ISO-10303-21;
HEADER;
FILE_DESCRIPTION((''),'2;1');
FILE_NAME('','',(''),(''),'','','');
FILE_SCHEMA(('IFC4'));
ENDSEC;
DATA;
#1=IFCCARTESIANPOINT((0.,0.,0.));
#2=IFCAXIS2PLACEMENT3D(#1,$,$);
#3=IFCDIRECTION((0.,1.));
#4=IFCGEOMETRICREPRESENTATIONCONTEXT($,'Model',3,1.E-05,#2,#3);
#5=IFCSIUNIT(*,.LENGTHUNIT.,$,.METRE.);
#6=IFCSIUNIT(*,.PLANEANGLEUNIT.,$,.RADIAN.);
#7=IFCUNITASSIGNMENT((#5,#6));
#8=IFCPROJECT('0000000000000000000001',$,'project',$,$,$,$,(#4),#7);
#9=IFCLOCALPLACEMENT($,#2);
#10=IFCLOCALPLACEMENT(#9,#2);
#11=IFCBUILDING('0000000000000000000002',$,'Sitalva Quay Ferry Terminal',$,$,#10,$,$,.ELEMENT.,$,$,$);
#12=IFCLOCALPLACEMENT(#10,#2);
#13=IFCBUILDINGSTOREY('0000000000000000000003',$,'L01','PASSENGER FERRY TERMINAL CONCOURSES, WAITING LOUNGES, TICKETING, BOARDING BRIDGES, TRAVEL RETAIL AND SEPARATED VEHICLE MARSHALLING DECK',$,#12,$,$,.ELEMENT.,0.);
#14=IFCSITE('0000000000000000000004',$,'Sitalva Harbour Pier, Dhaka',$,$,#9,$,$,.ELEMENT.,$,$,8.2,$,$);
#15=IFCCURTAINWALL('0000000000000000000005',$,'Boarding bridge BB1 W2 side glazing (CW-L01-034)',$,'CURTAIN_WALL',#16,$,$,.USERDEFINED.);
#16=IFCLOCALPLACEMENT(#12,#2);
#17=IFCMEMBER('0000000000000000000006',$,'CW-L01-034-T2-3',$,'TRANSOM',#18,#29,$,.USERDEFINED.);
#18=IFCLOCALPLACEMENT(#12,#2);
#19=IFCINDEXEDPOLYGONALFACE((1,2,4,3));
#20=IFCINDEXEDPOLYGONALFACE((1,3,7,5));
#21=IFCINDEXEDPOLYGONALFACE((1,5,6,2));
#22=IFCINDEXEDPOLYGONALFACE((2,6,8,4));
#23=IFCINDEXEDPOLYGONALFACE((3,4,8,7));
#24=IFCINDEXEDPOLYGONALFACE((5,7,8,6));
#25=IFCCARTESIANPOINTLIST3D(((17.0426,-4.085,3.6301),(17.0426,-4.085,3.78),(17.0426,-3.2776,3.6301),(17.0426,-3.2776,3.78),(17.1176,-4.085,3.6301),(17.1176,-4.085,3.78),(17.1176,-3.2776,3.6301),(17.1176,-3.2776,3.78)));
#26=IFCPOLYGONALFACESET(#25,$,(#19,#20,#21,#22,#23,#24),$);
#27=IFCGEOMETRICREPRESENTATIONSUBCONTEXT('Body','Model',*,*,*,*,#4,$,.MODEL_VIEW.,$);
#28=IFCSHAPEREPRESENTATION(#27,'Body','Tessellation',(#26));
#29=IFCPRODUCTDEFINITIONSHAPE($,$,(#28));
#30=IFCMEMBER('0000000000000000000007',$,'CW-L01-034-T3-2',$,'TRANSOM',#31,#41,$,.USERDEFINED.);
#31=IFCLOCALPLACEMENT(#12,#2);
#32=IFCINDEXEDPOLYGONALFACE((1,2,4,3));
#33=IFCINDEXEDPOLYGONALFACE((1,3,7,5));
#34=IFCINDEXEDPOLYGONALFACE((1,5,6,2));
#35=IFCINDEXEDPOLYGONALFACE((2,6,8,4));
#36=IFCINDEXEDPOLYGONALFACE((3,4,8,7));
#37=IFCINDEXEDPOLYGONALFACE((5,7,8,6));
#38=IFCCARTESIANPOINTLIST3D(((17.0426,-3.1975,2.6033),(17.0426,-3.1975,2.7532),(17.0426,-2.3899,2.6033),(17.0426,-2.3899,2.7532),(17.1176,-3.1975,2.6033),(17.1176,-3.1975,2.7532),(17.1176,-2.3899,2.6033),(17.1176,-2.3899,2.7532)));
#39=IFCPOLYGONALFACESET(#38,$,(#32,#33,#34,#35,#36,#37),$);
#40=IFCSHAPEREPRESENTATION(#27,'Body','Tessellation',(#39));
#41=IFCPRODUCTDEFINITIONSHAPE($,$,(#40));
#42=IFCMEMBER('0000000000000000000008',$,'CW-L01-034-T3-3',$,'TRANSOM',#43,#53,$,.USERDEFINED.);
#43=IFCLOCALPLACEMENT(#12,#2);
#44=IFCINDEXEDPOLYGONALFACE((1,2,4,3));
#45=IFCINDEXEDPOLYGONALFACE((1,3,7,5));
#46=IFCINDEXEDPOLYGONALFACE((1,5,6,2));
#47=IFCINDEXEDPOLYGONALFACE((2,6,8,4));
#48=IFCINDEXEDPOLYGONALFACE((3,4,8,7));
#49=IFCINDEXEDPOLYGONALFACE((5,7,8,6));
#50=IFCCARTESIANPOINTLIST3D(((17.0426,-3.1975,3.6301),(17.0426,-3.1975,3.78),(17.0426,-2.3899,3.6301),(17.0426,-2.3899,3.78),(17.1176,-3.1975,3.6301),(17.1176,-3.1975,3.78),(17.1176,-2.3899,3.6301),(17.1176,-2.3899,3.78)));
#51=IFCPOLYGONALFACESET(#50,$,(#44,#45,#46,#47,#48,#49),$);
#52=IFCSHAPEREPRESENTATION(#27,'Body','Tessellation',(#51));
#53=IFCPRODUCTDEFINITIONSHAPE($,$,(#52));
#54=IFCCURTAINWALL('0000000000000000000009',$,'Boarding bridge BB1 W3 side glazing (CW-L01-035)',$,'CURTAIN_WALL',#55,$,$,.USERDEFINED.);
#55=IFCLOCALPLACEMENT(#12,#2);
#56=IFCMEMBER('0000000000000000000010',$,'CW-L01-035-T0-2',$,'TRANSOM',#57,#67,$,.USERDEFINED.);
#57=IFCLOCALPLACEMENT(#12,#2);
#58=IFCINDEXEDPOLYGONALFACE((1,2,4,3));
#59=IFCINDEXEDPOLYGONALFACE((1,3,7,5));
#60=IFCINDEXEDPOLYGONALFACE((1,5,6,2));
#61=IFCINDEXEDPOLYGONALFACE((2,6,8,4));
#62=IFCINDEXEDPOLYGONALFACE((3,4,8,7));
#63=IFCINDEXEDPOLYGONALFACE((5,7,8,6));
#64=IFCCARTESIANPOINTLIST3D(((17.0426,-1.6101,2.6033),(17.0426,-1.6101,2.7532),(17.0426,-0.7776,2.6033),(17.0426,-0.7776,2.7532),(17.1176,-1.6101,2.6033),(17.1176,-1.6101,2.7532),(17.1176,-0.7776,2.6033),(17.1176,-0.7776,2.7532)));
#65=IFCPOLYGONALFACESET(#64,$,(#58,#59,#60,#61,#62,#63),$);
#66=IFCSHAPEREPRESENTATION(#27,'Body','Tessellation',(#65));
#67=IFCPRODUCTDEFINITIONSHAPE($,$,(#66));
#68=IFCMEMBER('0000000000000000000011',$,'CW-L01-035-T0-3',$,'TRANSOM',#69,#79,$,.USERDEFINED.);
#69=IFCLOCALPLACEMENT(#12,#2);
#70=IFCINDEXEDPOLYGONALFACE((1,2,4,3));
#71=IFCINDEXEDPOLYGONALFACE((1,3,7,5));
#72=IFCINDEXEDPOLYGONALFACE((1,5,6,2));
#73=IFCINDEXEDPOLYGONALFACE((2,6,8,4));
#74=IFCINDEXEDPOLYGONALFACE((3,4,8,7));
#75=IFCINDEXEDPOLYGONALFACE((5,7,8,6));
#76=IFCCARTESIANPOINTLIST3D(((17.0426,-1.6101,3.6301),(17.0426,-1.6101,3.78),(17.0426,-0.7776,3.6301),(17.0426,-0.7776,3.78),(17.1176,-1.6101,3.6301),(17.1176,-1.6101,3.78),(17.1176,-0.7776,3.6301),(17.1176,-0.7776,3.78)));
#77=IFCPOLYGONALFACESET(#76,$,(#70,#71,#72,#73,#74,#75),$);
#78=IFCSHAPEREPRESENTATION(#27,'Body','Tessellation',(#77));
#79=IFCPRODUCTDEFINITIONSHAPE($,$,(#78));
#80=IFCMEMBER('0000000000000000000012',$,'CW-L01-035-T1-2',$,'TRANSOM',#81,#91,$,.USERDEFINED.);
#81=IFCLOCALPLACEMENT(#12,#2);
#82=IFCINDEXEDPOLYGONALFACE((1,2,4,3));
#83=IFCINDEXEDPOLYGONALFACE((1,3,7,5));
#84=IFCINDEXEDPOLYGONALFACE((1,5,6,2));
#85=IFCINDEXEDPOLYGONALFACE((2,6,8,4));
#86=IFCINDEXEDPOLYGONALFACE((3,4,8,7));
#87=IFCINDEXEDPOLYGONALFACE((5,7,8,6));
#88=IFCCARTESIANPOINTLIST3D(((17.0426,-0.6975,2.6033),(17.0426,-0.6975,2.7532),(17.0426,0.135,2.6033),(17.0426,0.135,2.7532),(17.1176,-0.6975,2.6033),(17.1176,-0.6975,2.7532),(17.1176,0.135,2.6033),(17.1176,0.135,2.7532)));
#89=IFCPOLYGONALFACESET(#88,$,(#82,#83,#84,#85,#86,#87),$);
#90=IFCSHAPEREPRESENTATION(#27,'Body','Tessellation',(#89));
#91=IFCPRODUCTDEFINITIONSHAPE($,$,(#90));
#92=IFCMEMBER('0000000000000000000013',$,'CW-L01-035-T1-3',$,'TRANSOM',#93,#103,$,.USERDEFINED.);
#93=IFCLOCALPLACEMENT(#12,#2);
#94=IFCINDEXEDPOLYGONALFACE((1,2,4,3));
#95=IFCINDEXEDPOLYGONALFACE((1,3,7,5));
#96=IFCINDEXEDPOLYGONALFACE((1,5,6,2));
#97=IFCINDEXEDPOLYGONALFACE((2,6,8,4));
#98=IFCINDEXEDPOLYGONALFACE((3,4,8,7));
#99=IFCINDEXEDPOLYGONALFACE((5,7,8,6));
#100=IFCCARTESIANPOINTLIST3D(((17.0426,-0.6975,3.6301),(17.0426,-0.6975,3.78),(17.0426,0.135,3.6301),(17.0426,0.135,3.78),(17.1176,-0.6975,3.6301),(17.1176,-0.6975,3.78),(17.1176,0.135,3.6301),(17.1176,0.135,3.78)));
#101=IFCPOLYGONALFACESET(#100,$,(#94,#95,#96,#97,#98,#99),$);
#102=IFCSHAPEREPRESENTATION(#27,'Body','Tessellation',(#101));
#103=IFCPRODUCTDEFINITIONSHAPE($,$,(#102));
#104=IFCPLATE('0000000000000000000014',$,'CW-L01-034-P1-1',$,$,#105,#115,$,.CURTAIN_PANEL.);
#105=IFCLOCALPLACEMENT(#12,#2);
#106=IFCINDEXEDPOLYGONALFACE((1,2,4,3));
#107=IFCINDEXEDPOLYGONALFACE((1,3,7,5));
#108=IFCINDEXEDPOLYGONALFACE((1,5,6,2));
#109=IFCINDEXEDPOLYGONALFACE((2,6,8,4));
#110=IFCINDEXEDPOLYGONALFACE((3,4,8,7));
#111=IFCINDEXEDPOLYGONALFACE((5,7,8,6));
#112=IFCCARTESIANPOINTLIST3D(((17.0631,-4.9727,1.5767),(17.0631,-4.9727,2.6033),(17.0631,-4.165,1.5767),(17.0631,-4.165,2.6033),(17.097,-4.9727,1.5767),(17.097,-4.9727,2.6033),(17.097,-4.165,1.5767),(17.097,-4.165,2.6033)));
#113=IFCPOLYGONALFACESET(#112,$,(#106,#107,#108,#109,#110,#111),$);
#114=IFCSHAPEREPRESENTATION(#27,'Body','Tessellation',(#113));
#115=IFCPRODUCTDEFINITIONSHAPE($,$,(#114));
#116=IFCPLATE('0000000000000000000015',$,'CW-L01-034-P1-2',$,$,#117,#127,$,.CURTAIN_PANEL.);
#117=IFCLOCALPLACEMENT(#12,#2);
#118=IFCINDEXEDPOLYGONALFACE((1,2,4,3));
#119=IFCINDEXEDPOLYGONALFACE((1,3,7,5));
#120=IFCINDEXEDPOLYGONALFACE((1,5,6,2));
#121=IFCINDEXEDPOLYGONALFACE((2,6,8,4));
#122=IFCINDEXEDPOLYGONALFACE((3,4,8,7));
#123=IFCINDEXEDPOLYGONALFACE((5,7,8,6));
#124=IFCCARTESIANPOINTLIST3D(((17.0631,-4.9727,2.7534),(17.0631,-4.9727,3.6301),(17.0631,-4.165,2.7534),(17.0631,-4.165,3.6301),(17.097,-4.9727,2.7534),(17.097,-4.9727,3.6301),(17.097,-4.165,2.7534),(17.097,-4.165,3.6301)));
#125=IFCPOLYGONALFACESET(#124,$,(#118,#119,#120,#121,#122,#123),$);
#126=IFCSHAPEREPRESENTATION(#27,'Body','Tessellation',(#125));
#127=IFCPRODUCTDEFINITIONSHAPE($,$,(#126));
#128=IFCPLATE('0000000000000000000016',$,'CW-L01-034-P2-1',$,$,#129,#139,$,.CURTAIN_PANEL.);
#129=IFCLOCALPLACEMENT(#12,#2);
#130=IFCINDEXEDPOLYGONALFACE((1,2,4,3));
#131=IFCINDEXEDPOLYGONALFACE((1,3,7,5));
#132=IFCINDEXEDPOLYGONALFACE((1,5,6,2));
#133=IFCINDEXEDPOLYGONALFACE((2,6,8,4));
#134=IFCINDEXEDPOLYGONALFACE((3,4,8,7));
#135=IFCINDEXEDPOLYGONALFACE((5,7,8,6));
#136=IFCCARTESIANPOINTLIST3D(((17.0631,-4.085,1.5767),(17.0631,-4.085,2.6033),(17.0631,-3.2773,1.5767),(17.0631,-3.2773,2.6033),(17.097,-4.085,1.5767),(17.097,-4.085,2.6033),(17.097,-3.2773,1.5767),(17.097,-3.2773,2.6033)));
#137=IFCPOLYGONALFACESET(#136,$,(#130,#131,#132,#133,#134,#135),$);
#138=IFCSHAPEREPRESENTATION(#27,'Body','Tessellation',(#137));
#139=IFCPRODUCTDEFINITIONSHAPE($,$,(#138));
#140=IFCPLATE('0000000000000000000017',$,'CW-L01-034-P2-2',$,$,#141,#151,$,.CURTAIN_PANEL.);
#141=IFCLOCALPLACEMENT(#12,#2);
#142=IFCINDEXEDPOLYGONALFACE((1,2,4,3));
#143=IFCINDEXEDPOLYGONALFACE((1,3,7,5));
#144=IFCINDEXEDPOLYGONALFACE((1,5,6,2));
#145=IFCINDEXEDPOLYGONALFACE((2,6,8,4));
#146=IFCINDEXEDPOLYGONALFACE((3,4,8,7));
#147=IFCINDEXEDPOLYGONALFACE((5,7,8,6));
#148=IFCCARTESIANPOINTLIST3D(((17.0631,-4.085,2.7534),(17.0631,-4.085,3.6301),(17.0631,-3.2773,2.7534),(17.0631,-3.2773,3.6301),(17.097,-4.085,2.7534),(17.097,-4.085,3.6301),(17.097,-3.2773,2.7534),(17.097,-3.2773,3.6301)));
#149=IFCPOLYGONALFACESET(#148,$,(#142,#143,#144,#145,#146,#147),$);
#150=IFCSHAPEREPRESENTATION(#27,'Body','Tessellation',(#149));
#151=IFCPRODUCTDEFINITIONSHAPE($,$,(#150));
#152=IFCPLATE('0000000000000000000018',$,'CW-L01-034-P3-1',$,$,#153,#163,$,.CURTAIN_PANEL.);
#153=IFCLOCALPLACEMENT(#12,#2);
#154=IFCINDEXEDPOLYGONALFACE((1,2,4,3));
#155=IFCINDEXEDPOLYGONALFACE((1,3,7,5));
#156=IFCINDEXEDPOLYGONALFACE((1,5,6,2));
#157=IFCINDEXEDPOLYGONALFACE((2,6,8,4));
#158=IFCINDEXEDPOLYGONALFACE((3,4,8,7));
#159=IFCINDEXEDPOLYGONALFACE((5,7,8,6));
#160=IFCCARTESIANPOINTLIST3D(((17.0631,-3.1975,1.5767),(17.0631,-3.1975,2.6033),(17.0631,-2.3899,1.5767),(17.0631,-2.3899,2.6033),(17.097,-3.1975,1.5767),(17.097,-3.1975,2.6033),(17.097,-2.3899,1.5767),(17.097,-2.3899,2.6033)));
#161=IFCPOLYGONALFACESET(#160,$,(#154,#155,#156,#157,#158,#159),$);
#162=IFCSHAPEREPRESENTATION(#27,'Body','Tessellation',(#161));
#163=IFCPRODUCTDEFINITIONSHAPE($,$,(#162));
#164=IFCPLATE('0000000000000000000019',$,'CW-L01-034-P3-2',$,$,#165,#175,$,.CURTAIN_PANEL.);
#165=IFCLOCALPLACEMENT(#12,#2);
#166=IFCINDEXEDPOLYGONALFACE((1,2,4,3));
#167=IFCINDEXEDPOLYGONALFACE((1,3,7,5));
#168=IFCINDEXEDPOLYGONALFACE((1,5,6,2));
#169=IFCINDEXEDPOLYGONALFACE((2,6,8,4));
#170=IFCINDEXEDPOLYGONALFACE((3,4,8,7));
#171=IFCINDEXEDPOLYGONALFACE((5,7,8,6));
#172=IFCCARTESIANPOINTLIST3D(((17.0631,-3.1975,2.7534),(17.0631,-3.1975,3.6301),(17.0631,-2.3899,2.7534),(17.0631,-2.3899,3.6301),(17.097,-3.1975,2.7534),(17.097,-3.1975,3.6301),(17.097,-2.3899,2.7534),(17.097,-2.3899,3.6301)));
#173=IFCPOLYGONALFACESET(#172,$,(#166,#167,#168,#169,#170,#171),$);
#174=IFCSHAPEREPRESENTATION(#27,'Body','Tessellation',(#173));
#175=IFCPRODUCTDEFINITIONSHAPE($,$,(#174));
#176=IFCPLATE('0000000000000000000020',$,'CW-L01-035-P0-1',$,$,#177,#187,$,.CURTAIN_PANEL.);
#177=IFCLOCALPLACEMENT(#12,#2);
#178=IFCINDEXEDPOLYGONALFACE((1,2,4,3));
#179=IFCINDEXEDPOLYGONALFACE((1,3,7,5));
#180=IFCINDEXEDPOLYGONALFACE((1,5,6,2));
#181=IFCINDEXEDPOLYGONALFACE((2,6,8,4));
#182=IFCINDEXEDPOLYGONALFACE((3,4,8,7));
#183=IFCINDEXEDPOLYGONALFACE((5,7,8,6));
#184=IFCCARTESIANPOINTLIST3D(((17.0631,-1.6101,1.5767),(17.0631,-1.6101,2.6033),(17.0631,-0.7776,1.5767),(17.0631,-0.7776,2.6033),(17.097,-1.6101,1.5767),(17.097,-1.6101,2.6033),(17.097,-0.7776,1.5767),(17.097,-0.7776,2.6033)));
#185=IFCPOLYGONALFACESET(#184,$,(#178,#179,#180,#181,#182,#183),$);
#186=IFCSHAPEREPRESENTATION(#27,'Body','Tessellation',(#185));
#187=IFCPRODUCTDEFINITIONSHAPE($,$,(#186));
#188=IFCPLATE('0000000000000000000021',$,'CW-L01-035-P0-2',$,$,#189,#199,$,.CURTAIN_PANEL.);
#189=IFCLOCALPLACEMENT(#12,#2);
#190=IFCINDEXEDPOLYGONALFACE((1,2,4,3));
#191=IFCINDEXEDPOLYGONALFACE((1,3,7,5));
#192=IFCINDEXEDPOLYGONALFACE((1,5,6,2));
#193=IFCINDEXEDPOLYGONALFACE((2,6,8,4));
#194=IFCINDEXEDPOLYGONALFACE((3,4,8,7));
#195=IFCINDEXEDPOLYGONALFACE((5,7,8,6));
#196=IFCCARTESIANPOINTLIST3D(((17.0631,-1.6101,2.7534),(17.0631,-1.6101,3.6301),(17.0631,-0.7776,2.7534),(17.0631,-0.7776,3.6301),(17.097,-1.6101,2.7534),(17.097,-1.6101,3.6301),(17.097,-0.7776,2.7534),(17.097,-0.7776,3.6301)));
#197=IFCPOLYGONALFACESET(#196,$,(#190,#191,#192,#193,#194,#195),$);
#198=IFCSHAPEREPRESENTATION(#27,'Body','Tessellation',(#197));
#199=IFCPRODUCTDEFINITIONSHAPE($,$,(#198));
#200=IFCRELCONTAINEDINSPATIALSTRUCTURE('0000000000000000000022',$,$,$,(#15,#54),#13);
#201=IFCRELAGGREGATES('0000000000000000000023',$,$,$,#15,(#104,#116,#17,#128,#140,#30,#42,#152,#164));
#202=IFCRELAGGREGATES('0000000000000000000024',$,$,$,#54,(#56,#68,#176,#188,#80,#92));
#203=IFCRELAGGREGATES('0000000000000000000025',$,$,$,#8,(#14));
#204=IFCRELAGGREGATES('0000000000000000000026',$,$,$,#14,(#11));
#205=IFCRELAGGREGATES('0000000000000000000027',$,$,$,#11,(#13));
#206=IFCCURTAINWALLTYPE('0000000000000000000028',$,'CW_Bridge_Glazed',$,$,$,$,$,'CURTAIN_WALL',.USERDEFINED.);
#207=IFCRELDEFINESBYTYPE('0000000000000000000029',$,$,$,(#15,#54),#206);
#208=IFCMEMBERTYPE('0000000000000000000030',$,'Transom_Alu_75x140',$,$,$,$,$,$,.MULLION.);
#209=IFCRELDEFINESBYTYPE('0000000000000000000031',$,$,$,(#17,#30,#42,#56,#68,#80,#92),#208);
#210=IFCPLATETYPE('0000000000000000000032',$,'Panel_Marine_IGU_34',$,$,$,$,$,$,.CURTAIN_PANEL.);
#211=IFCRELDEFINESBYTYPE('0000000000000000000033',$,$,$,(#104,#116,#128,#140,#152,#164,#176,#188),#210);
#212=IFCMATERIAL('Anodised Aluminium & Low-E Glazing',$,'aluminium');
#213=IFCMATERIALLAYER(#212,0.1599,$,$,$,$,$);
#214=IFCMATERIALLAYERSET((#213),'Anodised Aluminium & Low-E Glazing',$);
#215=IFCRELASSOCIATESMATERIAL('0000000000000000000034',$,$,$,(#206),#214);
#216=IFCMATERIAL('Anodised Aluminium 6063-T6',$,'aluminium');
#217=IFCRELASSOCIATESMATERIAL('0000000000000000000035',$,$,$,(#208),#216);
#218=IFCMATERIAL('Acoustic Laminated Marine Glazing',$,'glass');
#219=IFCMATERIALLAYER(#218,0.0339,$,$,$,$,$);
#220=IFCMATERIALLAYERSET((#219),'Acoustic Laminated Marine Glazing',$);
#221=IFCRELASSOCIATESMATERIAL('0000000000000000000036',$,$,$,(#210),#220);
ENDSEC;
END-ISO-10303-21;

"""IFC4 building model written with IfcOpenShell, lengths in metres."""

from ifc_helpers import new_model, si_unit, direction, frame, origin, origin_2d, place, context, subcontext, project, spatial, rectangle, extrude, material, layer, layer_set, material_profile, profile_set, type_object, element, aggregate, save


model = new_model("IFC4")

# Units and contexts
model_context = context("Model", 3, precision=1e-05, world=origin(), true_north=direction((0.0, 1.0)))
body_context = subcontext(model_context, "Body", "Model", "MODEL_VIEW")
ifc_project = project(units=[si_unit("LENGTHUNIT", "METRE"), si_unit("PLANEANGLEUNIT", "RADIAN")], contexts=[model_context])

# Site, building, storey
site_placement = place(None, origin())
site = spatial("IfcSite", under=ifc_project, at=site_placement, Name="Sitalva Harbour Pier, Dhaka", CompositionType="ELEMENT", RefElevation=8.2)
building_placement = place(site_placement, origin())
building = spatial("IfcBuilding", under=site, at=building_placement, Name="Sitalva Quay Ferry Terminal", CompositionType="ELEMENT")
storey_placement = place(building_placement, origin())
storey = spatial("IfcBuildingStorey", under=building, at=storey_placement, Name="L01", Description="PASSENGER FERRY TERMINAL CONCOURSES, WAITING LOUNGES, TICKETING, BOARDING BRIDGES, TRAVEL RETAIL AND SEPARATED VEHICLE MARSHALLING DECK", CompositionType="ELEMENT", Elevation=0.0)

# Curtain walls, members
ifc_material_1 = material(Name="Anodised Aluminium & Low-E Glazing", Category="aluminium")
ifc_layer_1 = layer(ifc_material_1, 0.1599)
ifc_layer_set_1 = layer_set([ifc_layer_1], Name="Anodised Aluminium & Low-E Glazing")
curtain_wall_type = type_object("IfcCurtainWallType", Name="CW_Bridge_Glazed", ElementType="CURTAIN_WALL", PredefinedType="USERDEFINED", material=ifc_layer_set_1)
curtain_wall_1_placement = place(storey_placement, origin())
curtain_wall_1 = element("IfcCurtainWall", 1, at=curtain_wall_1_placement, inside=storey, type_object=curtain_wall_type, Name="Boarding bridge BB1 W2 side glazing (CW-L01-034)", ObjectType="CURTAIN_WALL", PredefinedType="USERDEFINED")
ifc_material_2 = material(Name="Anodised Aluminium 6063-T6", Category="aluminium")
ifc_material_profile_1 = material_profile(ifc_material_2, rectangle(XDim=0.075, YDim=0.1499, at=origin_2d()), Name="ALU75x150")
ifc_profile_set_1 = profile_set([ifc_material_profile_1], Name="Anodised Aluminium 6063-T6")
member_type_1 = type_object("IfcMemberType", Name="Transom_Alu_75x140", PredefinedType="MULLION", material=ifc_profile_set_1)
member_1_placement = place(storey_placement, frame((17.0801, -4.085, 3.7051), z_axis=(0.0, 1.0, 0.0), x_axis=(-1.0, 0.0, 0.0)))
member_1 = element("IfcMember", 2, at=member_1_placement, type_object=member_type_1, Name="CW-L01-034-T2-3", ObjectType="TRANSOM", PredefinedType="USERDEFINED", context=body_context, shape_type="SweptSolid", body=[
    extrude(rectangle(XDim=0.075, YDim=0.1499, at=origin_2d()), origin(), (0.0, 0.0, 1.0), 0.8074),
])
member_2_placement = place(storey_placement, frame((17.0801, -3.1975, 2.6782), z_axis=(0.0, 1.0, 0.0), x_axis=(-1.0, 0.0, 0.0)))
member_2 = element("IfcMember", 3, at=member_2_placement, type_object=member_type_1, Name="CW-L01-034-T3-2", ObjectType="TRANSOM", PredefinedType="USERDEFINED", context=body_context, shape_type="SweptSolid", body=[
    extrude(rectangle(XDim=0.075, YDim=0.1499, at=origin_2d()), origin(), (0.0, 0.0, 1.0), 0.8076),
])
member_3_placement = place(storey_placement, frame((17.0801, -3.1975, 3.7051), z_axis=(0.0, 1.0, 0.0), x_axis=(-1.0, 0.0, 0.0)))
member_3 = element("IfcMember", 4, at=member_3_placement, type_object=member_type_1, Name="CW-L01-034-T3-3", ObjectType="TRANSOM", PredefinedType="USERDEFINED", context=body_context, shape_type="SweptSolid", body=[
    extrude(rectangle(XDim=0.075, YDim=0.1499, at=origin_2d()), origin(), (0.0, 0.0, 1.0), 0.8076),
])
curtain_wall_2_placement = place(storey_placement, origin())
curtain_wall_2 = element("IfcCurtainWall", 5, at=curtain_wall_2_placement, inside=storey, type_object=curtain_wall_type, Name="Boarding bridge BB1 W3 side glazing (CW-L01-035)", ObjectType="CURTAIN_WALL", PredefinedType="USERDEFINED")
member_4_placement = place(storey_placement, frame((17.0801, -1.6101, 2.6782), z_axis=(0.0, 1.0, 0.0), x_axis=(-1.0, 0.0, 0.0)))
member_4 = element("IfcMember", 6, at=member_4_placement, type_object=member_type_1, Name="CW-L01-035-T0-2", ObjectType="TRANSOM", PredefinedType="USERDEFINED", context=body_context, shape_type="SweptSolid", body=[
    extrude(rectangle(XDim=0.075, YDim=0.1499, at=origin_2d()), origin(), (0.0, 0.0, 1.0), 0.8325),
])
member_5_placement = place(storey_placement, frame((17.0801, -1.6101, 3.7051), z_axis=(0.0, 1.0, 0.0), x_axis=(-1.0, 0.0, 0.0)))
member_5 = element("IfcMember", 7, at=member_5_placement, type_object=member_type_1, Name="CW-L01-035-T0-3", ObjectType="TRANSOM", PredefinedType="USERDEFINED", context=body_context, shape_type="SweptSolid", body=[
    extrude(rectangle(XDim=0.075, YDim=0.1499, at=origin_2d()), origin(), (0.0, 0.0, 1.0), 0.8325),
])
member_6_placement = place(storey_placement, frame((17.0801, -0.6975, 2.6782), z_axis=(0.0, 1.0, 0.0), x_axis=(-1.0, 0.0, 0.0)))
member_6 = element("IfcMember", 8, at=member_6_placement, type_object=member_type_1, Name="CW-L01-035-T1-2", ObjectType="TRANSOM", PredefinedType="USERDEFINED", context=body_context, shape_type="SweptSolid", body=[
    extrude(rectangle(XDim=0.075, YDim=0.1499, at=origin_2d()), origin(), (0.0, 0.0, 1.0), 0.8325),
])
member_7_placement = place(storey_placement, frame((17.0801, -0.6975, 3.7051), z_axis=(0.0, 1.0, 0.0), x_axis=(-1.0, 0.0, 0.0)))
member_7 = element("IfcMember", 9, at=member_7_placement, type_object=member_type_1, Name="CW-L01-035-T1-3", ObjectType="TRANSOM", PredefinedType="USERDEFINED", context=body_context, shape_type="SweptSolid", body=[
    extrude(rectangle(XDim=0.075, YDim=0.1499, at=origin_2d()), origin(), (0.0, 0.0, 1.0), 0.8325),
])

# Plates
ifc_material_3 = material(Name="Acoustic Laminated Marine Glazing", Category="glass")
ifc_layer_2 = layer(ifc_material_3, 0.0339)
ifc_layer_set_2 = layer_set([ifc_layer_2], Name="Acoustic Laminated Marine Glazing")
plate_type = type_object("IfcPlateType", Name="Panel_Marine_IGU_34", PredefinedType="CURTAIN_PANEL", material=ifc_layer_set_2)
plate_1_placement = place(storey_placement, frame((17.0801, -4.5688, 1.5767), z_axis=(0.0, 0.0, 1.0), x_axis=(0.0, 1.0, 0.0)))
plate_1 = element("IfcPlate", 10, at=plate_1_placement, type_object=plate_type, Name="CW-L01-034-P1-1", PredefinedType="CURTAIN_PANEL", context=body_context, shape_type="SweptSolid", body=[
    extrude(rectangle(XDim=0.8076, YDim=0.0339, at=origin_2d()), origin(), (0.0, 0.0, 1.0), 1.0266),
])
plate_2_placement = place(storey_placement, frame((17.0801, -4.5688, 2.7534), z_axis=(0.0, 0.0, 1.0), x_axis=(0.0, 1.0, 0.0)))
plate_2 = element("IfcPlate", 11, at=plate_2_placement, type_object=plate_type, Name="CW-L01-034-P1-2", PredefinedType="CURTAIN_PANEL", context=body_context, shape_type="SweptSolid", body=[
    extrude(rectangle(XDim=0.8076, YDim=0.0339, at=origin_2d()), origin(), (0.0, 0.0, 1.0), 0.8767),
])
plate_3_placement = place(storey_placement, frame((17.0801, -3.6812, 1.5767), z_axis=(0.0, 0.0, 1.0), x_axis=(0.0, 1.0, 0.0)))
plate_3 = element("IfcPlate", 12, at=plate_3_placement, type_object=plate_type, Name="CW-L01-034-P2-1", PredefinedType="CURTAIN_PANEL", context=body_context, shape_type="SweptSolid", body=[
    extrude(rectangle(XDim=0.8076, YDim=0.0339, at=origin_2d()), origin(), (0.0, 0.0, 1.0), 1.0266),
])
plate_4_placement = place(storey_placement, frame((17.0801, -3.6812, 2.7534), z_axis=(0.0, 0.0, 1.0), x_axis=(0.0, 1.0, 0.0)))
plate_4 = element("IfcPlate", 13, at=plate_4_placement, type_object=plate_type, Name="CW-L01-034-P2-2", PredefinedType="CURTAIN_PANEL", context=body_context, shape_type="SweptSolid", body=[
    extrude(rectangle(XDim=0.8076, YDim=0.0339, at=origin_2d()), origin(), (0.0, 0.0, 1.0), 0.8767),
])
plate_5_placement = place(storey_placement, frame((17.0801, -2.7937, 1.5767), z_axis=(0.0, 0.0, 1.0), x_axis=(0.0, 1.0, 0.0)))
plate_5 = element("IfcPlate", 14, at=plate_5_placement, type_object=plate_type, Name="CW-L01-034-P3-1", PredefinedType="CURTAIN_PANEL", context=body_context, shape_type="SweptSolid", body=[
    extrude(rectangle(XDim=0.8076, YDim=0.0339, at=origin_2d()), origin(), (0.0, 0.0, 1.0), 1.0266),
])
plate_6_placement = place(storey_placement, frame((17.0801, -2.7937, 2.7534), z_axis=(0.0, 0.0, 1.0), x_axis=(0.0, 1.0, 0.0)))
plate_6 = element("IfcPlate", 15, at=plate_6_placement, type_object=plate_type, Name="CW-L01-034-P3-2", PredefinedType="CURTAIN_PANEL", context=body_context, shape_type="SweptSolid", body=[
    extrude(rectangle(XDim=0.8076, YDim=0.0339, at=origin_2d()), origin(), (0.0, 0.0, 1.0), 0.8767),
])
aggregate(curtain_wall_1, [plate_1, plate_2, member_1, plate_3, plate_4, member_2, member_3, plate_5, plate_6])
plate_7_placement = place(storey_placement, frame((17.0801, -1.1938, 1.5767), z_axis=(0.0, 0.0, 1.0), x_axis=(0.0, 1.0, 0.0)))
plate_7 = element("IfcPlate", 16, at=plate_7_placement, type_object=plate_type, Name="CW-L01-035-P0-1", PredefinedType="CURTAIN_PANEL", context=body_context, shape_type="SweptSolid", body=[
    extrude(rectangle(XDim=0.8325, YDim=0.0339, at=origin_2d()), origin(), (0.0, 0.0, 1.0), 1.0266),
])
plate_8_placement = place(storey_placement, frame((17.0801, -1.1938, 2.7534), z_axis=(0.0, 0.0, 1.0), x_axis=(0.0, 1.0, 0.0)))
plate_8 = element("IfcPlate", 17, at=plate_8_placement, type_object=plate_type, Name="CW-L01-035-P0-2", PredefinedType="CURTAIN_PANEL", context=body_context, shape_type="SweptSolid", body=[
    extrude(rectangle(XDim=0.8325, YDim=0.0339, at=origin_2d()), origin(), (0.0, 0.0, 1.0), 0.8767),
])
aggregate(curtain_wall_2, [member_4, member_5, plate_7, plate_8, member_6, member_7])

save(model, "model.ifc")
